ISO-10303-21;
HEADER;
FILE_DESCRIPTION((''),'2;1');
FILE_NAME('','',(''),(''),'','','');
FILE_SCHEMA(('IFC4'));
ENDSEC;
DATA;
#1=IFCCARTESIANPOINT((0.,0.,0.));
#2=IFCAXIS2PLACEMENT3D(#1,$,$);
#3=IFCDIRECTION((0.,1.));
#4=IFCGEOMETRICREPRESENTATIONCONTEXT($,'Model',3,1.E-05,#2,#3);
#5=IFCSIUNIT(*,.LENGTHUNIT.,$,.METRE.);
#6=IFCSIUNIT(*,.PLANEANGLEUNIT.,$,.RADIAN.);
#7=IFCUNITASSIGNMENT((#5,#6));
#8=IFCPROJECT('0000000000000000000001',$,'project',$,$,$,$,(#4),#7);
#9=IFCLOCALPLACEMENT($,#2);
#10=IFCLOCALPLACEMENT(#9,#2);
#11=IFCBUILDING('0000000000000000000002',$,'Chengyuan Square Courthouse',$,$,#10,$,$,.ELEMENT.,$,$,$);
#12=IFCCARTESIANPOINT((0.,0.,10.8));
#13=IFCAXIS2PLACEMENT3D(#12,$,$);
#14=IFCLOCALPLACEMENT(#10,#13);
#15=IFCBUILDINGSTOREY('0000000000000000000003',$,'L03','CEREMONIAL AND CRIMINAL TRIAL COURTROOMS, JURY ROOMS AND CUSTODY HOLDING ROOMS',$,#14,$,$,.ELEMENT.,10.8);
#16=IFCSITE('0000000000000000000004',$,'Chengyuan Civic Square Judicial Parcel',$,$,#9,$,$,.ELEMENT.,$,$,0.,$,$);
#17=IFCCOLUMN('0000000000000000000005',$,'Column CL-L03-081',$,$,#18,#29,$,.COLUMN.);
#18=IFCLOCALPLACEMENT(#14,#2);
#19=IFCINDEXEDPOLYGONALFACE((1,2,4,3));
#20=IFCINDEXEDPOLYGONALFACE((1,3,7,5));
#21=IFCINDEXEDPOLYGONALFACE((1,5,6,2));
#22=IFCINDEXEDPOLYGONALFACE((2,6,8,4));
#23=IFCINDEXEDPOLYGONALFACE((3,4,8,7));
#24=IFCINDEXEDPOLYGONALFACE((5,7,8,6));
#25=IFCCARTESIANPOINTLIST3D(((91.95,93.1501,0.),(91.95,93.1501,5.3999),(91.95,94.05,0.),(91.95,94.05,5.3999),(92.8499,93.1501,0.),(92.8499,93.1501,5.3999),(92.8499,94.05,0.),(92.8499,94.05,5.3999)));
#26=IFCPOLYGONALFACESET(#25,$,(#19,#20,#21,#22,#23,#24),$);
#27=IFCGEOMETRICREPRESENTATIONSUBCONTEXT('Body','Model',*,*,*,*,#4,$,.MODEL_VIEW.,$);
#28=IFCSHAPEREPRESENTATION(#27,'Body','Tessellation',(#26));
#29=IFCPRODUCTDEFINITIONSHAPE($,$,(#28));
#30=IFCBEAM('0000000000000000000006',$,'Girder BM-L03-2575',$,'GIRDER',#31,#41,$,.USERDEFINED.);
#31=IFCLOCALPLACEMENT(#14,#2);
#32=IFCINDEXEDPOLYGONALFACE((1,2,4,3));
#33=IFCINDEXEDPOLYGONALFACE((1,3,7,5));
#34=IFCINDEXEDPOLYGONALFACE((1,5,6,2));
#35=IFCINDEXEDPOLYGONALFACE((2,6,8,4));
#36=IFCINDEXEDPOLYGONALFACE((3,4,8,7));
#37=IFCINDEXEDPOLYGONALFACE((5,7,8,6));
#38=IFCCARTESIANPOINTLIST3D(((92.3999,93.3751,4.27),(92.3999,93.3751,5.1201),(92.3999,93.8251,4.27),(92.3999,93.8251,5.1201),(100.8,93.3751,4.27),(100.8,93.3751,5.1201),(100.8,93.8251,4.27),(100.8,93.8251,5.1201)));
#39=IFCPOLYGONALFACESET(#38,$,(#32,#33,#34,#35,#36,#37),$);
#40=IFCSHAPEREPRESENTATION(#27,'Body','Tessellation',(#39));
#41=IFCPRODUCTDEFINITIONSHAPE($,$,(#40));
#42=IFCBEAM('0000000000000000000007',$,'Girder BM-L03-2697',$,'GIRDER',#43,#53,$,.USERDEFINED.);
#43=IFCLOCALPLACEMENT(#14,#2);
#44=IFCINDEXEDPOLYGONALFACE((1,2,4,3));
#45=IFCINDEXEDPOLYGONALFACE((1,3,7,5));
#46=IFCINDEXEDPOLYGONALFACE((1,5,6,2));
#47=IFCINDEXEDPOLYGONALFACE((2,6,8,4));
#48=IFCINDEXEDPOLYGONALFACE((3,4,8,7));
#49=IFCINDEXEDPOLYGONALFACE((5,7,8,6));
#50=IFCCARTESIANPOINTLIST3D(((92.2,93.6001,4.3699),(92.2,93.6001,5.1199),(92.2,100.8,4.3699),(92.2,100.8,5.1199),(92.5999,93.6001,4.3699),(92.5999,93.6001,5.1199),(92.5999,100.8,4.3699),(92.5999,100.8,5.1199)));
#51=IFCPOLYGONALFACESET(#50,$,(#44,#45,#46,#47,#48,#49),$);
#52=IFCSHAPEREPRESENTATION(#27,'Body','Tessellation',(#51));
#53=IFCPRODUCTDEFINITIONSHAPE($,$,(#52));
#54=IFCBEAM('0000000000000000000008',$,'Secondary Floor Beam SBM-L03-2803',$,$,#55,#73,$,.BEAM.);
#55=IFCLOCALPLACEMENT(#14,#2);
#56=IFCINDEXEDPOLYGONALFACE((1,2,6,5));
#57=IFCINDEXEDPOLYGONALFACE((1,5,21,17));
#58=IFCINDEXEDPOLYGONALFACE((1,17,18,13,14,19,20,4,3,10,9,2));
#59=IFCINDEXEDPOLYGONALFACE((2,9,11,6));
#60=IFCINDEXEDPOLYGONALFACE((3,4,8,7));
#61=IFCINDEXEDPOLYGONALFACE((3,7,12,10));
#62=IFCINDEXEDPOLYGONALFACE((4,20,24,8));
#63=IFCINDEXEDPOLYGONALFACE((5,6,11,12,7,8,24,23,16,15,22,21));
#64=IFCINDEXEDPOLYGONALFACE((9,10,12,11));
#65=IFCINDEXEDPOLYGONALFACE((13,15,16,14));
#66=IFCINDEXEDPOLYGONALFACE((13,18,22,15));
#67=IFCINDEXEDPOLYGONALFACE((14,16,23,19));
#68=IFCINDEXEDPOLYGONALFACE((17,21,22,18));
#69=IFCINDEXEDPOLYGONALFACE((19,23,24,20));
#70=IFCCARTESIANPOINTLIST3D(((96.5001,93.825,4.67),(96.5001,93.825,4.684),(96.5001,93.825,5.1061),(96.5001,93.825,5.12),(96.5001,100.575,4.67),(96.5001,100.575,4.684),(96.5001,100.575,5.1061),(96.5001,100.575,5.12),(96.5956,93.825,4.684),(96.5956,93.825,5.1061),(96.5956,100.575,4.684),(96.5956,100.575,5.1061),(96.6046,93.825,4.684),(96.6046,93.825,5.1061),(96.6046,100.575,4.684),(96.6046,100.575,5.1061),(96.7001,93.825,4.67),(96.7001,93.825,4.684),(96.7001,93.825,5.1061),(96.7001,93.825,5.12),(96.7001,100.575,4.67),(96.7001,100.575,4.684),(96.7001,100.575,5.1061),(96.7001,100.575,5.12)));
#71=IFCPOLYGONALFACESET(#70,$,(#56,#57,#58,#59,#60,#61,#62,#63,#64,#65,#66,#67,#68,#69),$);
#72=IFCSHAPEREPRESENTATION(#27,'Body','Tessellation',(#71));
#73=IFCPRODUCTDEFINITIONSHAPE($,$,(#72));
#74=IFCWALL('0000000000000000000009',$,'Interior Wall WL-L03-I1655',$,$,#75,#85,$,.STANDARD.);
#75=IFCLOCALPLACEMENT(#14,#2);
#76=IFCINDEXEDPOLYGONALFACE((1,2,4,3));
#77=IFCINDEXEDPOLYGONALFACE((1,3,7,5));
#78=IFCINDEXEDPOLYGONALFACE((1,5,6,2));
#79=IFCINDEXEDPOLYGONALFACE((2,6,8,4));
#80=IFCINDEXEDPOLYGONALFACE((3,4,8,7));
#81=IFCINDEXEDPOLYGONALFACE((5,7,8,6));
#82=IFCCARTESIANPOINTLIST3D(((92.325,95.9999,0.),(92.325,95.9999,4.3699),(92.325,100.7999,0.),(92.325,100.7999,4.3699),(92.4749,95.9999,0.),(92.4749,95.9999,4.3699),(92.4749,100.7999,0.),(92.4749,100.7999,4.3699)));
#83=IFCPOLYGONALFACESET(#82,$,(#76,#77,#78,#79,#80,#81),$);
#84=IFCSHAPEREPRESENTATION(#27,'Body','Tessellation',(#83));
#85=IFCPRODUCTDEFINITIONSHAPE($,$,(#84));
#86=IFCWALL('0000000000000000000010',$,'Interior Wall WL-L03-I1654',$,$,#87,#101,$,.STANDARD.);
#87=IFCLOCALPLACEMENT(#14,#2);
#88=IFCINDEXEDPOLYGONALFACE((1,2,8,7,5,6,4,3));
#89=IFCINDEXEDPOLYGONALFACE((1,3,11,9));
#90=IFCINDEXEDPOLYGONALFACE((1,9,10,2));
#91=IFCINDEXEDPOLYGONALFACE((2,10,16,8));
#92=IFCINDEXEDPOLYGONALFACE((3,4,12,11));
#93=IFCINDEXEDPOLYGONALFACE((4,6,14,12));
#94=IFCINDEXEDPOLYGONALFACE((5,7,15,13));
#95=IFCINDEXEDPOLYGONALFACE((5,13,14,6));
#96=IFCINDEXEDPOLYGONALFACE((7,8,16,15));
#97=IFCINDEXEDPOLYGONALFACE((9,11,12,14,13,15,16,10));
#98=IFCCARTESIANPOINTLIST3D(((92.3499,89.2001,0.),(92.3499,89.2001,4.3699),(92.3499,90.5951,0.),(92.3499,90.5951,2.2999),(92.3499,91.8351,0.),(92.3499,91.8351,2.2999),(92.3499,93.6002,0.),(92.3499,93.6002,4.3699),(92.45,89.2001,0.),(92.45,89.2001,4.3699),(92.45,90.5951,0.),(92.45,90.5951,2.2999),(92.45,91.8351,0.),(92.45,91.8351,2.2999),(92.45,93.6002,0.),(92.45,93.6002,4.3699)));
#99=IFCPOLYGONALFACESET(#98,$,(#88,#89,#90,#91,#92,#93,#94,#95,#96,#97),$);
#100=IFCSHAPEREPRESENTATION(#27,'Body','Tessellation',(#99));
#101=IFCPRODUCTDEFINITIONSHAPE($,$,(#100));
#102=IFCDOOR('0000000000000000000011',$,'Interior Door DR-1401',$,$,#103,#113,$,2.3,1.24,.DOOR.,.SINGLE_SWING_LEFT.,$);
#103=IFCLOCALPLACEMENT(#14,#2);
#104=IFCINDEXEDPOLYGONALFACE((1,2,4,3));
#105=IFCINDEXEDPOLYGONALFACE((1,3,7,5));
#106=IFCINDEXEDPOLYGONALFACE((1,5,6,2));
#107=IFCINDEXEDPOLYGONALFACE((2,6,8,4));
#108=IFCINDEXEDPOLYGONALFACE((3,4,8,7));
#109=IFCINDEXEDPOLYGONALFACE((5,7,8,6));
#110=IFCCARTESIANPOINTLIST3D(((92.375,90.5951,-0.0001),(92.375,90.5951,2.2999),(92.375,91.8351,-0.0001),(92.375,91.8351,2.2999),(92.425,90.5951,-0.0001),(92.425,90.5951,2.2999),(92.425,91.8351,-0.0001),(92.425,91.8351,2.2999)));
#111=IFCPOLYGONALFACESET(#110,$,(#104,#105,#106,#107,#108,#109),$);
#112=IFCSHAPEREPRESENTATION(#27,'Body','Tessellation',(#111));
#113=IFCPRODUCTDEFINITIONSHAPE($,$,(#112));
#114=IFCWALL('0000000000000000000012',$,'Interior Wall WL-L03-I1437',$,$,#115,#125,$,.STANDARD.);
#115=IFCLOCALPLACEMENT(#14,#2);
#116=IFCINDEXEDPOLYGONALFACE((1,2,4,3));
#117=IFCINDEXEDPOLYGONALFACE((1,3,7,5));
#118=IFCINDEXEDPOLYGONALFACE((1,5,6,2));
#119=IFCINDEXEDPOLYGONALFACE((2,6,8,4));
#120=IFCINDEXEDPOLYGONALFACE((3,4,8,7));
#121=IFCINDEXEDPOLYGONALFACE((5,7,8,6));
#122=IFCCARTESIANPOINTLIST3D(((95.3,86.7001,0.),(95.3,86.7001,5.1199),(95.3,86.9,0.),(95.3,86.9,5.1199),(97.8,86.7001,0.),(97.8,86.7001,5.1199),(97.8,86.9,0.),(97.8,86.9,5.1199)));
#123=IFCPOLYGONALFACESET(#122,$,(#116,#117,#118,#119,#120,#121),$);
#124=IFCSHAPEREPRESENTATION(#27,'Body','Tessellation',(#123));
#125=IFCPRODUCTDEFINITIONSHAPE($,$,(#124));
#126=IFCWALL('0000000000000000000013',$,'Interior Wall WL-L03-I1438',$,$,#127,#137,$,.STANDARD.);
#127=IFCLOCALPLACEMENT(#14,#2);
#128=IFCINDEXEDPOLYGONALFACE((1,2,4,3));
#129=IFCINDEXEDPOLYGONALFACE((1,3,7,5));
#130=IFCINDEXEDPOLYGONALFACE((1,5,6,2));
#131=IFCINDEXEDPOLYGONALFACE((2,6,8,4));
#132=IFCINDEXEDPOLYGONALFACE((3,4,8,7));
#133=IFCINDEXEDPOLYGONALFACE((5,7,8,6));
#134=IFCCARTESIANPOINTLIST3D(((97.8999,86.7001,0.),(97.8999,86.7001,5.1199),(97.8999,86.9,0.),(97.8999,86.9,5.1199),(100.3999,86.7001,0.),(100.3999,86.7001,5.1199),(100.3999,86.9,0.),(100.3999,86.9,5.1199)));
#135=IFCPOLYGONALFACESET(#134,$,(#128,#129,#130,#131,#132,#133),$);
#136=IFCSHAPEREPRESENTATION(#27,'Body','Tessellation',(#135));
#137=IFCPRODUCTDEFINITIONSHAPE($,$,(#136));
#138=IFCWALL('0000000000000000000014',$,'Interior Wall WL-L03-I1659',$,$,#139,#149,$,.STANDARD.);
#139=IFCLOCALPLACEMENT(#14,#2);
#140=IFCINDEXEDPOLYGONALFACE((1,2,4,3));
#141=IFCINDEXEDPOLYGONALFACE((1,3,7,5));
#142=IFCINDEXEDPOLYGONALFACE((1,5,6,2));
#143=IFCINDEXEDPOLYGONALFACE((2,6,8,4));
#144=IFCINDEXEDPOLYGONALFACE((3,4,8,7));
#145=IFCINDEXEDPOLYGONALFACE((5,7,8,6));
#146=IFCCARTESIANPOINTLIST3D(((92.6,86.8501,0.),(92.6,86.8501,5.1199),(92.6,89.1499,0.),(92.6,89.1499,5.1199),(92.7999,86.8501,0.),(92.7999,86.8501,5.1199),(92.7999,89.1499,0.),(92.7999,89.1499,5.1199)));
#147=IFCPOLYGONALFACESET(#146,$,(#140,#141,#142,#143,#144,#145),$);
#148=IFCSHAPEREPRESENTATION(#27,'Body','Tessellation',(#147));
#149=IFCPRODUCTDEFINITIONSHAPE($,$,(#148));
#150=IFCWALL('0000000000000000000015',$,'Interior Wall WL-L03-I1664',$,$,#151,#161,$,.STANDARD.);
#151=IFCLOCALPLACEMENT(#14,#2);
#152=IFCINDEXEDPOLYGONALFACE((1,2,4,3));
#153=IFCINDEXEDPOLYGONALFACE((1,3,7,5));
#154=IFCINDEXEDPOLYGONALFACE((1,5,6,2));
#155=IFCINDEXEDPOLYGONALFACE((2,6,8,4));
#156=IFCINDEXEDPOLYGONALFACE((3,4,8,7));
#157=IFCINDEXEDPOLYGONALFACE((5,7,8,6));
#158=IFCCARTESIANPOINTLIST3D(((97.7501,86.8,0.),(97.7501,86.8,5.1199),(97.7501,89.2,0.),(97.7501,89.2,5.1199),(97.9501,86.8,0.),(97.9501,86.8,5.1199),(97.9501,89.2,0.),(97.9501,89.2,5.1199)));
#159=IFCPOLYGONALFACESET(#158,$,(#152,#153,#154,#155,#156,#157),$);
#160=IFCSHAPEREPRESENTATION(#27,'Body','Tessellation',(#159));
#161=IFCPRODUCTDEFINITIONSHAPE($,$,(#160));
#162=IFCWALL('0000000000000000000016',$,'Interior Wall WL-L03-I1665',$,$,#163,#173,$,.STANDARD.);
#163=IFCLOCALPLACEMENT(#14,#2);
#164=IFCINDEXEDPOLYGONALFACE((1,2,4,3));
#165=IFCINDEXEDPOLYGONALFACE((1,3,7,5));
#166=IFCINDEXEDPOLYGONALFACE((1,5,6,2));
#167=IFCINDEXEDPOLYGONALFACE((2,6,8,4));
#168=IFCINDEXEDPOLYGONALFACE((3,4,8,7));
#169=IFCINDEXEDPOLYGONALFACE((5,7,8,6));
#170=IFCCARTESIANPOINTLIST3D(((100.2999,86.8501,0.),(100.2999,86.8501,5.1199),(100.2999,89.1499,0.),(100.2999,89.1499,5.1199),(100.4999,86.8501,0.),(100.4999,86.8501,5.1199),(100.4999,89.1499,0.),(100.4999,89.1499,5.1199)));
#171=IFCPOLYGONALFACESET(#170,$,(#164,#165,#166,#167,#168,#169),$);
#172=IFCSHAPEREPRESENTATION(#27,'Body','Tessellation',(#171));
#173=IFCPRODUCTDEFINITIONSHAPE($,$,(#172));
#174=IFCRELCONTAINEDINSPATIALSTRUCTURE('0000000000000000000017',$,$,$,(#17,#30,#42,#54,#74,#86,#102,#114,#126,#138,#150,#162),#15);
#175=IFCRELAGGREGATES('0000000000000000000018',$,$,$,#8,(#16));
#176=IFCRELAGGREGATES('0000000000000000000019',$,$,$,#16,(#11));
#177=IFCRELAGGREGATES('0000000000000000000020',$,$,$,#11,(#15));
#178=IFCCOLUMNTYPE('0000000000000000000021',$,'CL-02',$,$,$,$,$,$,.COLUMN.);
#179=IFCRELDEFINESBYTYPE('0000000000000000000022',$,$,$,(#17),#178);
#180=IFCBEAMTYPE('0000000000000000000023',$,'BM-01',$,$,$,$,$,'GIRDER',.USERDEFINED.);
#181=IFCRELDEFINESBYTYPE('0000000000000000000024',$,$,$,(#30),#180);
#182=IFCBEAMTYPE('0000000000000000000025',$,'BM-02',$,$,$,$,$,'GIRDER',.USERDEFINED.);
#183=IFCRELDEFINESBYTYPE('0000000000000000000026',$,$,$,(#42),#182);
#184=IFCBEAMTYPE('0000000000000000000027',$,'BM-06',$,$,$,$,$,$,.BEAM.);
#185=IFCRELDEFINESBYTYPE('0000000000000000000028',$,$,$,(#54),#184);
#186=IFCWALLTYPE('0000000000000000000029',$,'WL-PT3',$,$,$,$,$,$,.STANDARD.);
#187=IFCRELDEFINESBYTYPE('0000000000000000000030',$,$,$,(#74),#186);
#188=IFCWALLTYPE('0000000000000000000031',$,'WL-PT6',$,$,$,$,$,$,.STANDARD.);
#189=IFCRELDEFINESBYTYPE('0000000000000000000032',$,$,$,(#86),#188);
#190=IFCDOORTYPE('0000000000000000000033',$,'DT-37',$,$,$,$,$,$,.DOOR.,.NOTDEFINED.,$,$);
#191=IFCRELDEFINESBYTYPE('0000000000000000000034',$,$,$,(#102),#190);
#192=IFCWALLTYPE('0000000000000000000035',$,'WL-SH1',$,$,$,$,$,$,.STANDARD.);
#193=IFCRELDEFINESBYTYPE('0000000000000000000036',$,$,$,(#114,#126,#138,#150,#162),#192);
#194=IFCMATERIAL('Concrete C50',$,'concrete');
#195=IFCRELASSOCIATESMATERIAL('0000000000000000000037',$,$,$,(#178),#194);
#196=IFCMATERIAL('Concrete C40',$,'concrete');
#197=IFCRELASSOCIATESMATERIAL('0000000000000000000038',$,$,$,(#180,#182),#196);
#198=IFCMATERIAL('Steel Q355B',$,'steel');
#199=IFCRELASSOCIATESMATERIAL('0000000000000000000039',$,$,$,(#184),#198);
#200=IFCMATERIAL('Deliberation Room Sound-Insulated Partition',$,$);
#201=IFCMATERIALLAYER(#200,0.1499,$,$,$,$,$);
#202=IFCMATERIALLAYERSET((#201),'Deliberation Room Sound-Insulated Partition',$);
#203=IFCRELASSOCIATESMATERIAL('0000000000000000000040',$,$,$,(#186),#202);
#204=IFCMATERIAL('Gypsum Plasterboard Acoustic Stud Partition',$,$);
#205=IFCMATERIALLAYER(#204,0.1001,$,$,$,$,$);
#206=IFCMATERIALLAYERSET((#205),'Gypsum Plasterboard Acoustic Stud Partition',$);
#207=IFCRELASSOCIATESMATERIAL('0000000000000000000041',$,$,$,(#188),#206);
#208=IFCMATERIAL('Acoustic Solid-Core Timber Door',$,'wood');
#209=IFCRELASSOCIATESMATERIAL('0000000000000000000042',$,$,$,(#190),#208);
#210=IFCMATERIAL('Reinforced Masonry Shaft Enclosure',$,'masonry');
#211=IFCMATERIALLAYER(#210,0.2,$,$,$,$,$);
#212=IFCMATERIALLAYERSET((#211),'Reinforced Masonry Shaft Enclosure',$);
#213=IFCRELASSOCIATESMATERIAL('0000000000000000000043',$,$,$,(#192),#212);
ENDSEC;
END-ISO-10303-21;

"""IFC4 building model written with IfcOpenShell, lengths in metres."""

from ifc_helpers import new_model, si_unit, direction, frame, frame_2d, origin, origin_2d, place, context, subcontext, project, spatial, rectangle, i_section, extrude, material, layer, layer_set, material_profile, profile_set, type_object, element, fill, save


model = new_model("IFC4")

# Units and contexts
model_context = context("Model", 3, precision=1e-05, world=origin(), true_north=direction((0.0, 1.0)))
body_context = subcontext(model_context, "Body", "Model", "MODEL_VIEW")
ifc_project = project(units=[si_unit("LENGTHUNIT", "METRE"), si_unit("PLANEANGLEUNIT", "RADIAN")], contexts=[model_context])

# Site, building, storey
site_placement = place(None, origin())
site = spatial("IfcSite", under=ifc_project, at=site_placement, Name="Chengyuan Civic Square Judicial Parcel", CompositionType="ELEMENT", RefElevation=0.0)
building_placement = place(site_placement, origin())
building = spatial("IfcBuilding", under=site, at=building_placement, Name="Chengyuan Square Courthouse", CompositionType="ELEMENT")
storey_placement = place(building_placement, frame((0.0, 0.0, 10.8)))
storey = spatial("IfcBuildingStorey", under=building, at=storey_placement, Name="L03", Description="CEREMONIAL AND CRIMINAL TRIAL COURTROOMS, JURY ROOMS AND CUSTODY HOLDING ROOMS", CompositionType="ELEMENT", Elevation=10.8)

# Column
ifc_material_1 = material(Name="Concrete C50", Category="concrete")
ifc_material_profile_1 = material_profile(ifc_material_1, rectangle(XDim=0.8999, YDim=0.8999, at=origin_2d()), Name="RC-COL-900x900")
ifc_profile_set_1 = profile_set([ifc_material_profile_1], Name="Concrete C50")
column_type = type_object("IfcColumnType", Name="CL-02", PredefinedType="COLUMN", material=ifc_profile_set_1)
column_placement = place(storey_placement, frame((92.3999, 93.6001, 0.0), z_axis=(0.0, 0.0, 1.0), x_axis=(1.0, 0.0, 0.0)))
element("IfcColumn", 1, at=column_placement, inside=storey, type_object=column_type, Name="Column CL-L03-081", PredefinedType="COLUMN", context=body_context, shape_type="SweptSolid", body=[
    extrude(rectangle(XDim=0.8999, YDim=0.8999, at=origin_2d()), origin(), (0.0, 0.0, 1.0), 5.3999),
])

# Beams
ifc_material_2 = material(Name="Concrete C40", Category="concrete")
ifc_material_profile_2 = material_profile(ifc_material_2, rectangle(XDim=0.45, YDim=0.8501, at=origin_2d()), Name="RC-BM-450x850")
ifc_profile_set_2 = profile_set([ifc_material_profile_2], Name="Concrete C40")
beam_type_1 = type_object("IfcBeamType", Name="BM-01", ElementType="GIRDER", PredefinedType="USERDEFINED", material=ifc_profile_set_2)
beam_1_placement = place(storey_placement, frame((92.3999, 93.6001, 4.6951), z_axis=(1.0, 0.0, 0.0), x_axis=(0.0, 1.0, 0.0)))
element("IfcBeam", 2, at=beam_1_placement, inside=storey, type_object=beam_type_1, Name="Girder BM-L03-2575", ObjectType="GIRDER", PredefinedType="USERDEFINED", context=body_context, shape_type="SweptSolid", body=[
    extrude(rectangle(XDim=0.45, YDim=0.8501, at=origin_2d()), origin(), (0.0, 0.0, 1.0), 8.4001),
])
ifc_material_profile_3 = material_profile(ifc_material_2, rectangle(XDim=0.3999, YDim=0.75, at=origin_2d()), Name="RC-BM-400x750")
ifc_profile_set_3 = profile_set([ifc_material_profile_3], Name="Concrete C40")
beam_type_2 = type_object("IfcBeamType", Name="BM-02", ElementType="GIRDER", PredefinedType="USERDEFINED", material=ifc_profile_set_3)
beam_2_placement = place(storey_placement, frame((92.3999, 93.6001, 4.7449), z_axis=(0.0, 1.0, 0.0), x_axis=(-1.0, 0.0, 0.0)))
element("IfcBeam", 3, at=beam_2_placement, inside=storey, type_object=beam_type_2, Name="Girder BM-L03-2697", ObjectType="GIRDER", PredefinedType="USERDEFINED", context=body_context, shape_type="SweptSolid", body=[
    extrude(rectangle(XDim=0.3999, YDim=0.75, at=origin_2d()), origin(), (0.0, 0.0, 1.0), 7.2),
])
ifc_material_3 = material(Name="Steel Q355B", Category="steel")
ifc_material_profile_4 = material_profile(ifc_material_3, i_section(OverallWidth=0.2, OverallDepth=0.45, WebThickness=0.009, FlangeThickness=0.0139, at=origin_2d()), Name="HN 450x200x9x14")
ifc_profile_set_4 = profile_set([ifc_material_profile_4], Name="Steel Q355B")
beam_type_3 = type_object("IfcBeamType", Name="BM-06", PredefinedType="BEAM", material=ifc_profile_set_4)
beam_3_placement = place(storey_placement, frame((96.6001, 93.825, 4.895), z_axis=(0.0, 1.0, 0.0), x_axis=(-1.0, 0.0, 0.0)))
element("IfcBeam", 4, at=beam_3_placement, inside=storey, type_object=beam_type_3, Name="Secondary Floor Beam SBM-L03-2803", PredefinedType="BEAM", context=body_context, shape_type="SweptSolid", body=[
    extrude(i_section(OverallWidth=0.2, OverallDepth=0.45, WebThickness=0.009, FlangeThickness=0.0139, at=origin_2d()), origin(), (0.0, 0.0, 1.0), 6.75),
])

# Wall
ifc_material_4 = material(Name="Deliberation Room Sound-Insulated Partition")
ifc_layer_1 = layer(ifc_material_4, 0.1499)
ifc_layer_set_1 = layer_set([ifc_layer_1], Name="Deliberation Room Sound-Insulated Partition")
wall_type_1 = type_object("IfcWallType", Name="WL-PT3", PredefinedType="STANDARD", material=ifc_layer_set_1)
wall_1_placement = place(storey_placement, frame((92.3999, 96.0, 0.0), z_axis=(0.0, 0.0, 1.0), x_axis=(0.0, 1.0, 0.0)))
element("IfcWall", 5, at=wall_1_placement, inside=storey, type_object=wall_type_1, Name="Interior Wall WL-L03-I1655", PredefinedType="STANDARD", context=body_context, shape_type="SweptSolid", body=[
    extrude(rectangle(XDim=4.8, YDim=0.1499, at=frame_2d((2.3999, 0.0))), origin(), (0.0, 0.0, 1.0), 4.3699),
])

# Wall, opening, door
ifc_material_5 = material(Name="Gypsum Plasterboard Acoustic Stud Partition")
ifc_layer_2 = layer(ifc_material_5, 0.1001)
ifc_layer_set_2 = layer_set([ifc_layer_2], Name="Gypsum Plasterboard Acoustic Stud Partition")
wall_type_2 = type_object("IfcWallType", Name="WL-PT6", PredefinedType="STANDARD", material=ifc_layer_set_2)
wall_2_placement = place(storey_placement, frame((92.3999, 89.2, 0.0), z_axis=(0.0, 0.0, 1.0), x_axis=(0.0, 1.0, 0.0)))
wall_2 = element("IfcWall", 6, at=wall_2_placement, inside=storey, type_object=wall_type_2, Name="Interior Wall WL-L03-I1654", PredefinedType="STANDARD", context=body_context, shape_type="SweptSolid", body=[
    extrude(rectangle(XDim=4.4001, YDim=0.1001, at=frame_2d((2.2002, 0.0))), origin(), (0.0, 0.0, 1.0), 4.3699),
])
opening_1_placement = place(wall_2_placement, frame((1.395, 0.0, 0.0)))
opening_1 = element("IfcOpeningElement", 7, at=opening_1_placement, cuts=wall_2, PredefinedType="OPENING", context=body_context, shape_type="SweptSolid", body=[
    extrude(rectangle(XDim=1.24, YDim=2.3, at=frame_2d((0.6201, 1.1499))), frame((0.0, 0.062, 0.0), z_axis=(0.0, -1.0, 0.0), x_axis=(1.0, 0.0, 0.0)), (0.0, 0.0, 1.0), 0.124),
])
ifc_material_6 = material(Name="Acoustic Solid-Core Timber Door", Category="wood")
door_type_1 = type_object("IfcDoorType", Name="DT-37", OperationType="NOTDEFINED", PredefinedType="DOOR", material=ifc_material_6)
door_1_placement = place(opening_1_placement, origin())
door_1 = element("IfcDoor", 8, at=door_1_placement, inside=storey, type_object=door_type_1, Name="Interior Door DR-1401", OperationType="SINGLE_SWING_LEFT", OverallHeight=2.3, OverallWidth=1.24, PredefinedType="DOOR", context=body_context, shape_type="SweptSolid", body=[
    extrude(rectangle(XDim=1.24, YDim=2.3, at=frame_2d((0.6201, 1.1499))), frame((0.0, 0.0249, 0.0), z_axis=(0.0, -1.0, 0.0), x_axis=(1.0, 0.0, 0.0)), (0.0, 0.0, 1.0), 0.05),
])
fill(opening_1, door_1)

# Walls
ifc_material_7 = material(Name="Reinforced Masonry Shaft Enclosure", Category="masonry")
ifc_layer_3 = layer(ifc_material_7, 0.2)
ifc_layer_set_3 = layer_set([ifc_layer_3], Name="Reinforced Masonry Shaft Enclosure")
wall_type_3 = type_object("IfcWallType", Name="WL-SH1", PredefinedType="STANDARD", material=ifc_layer_set_3)
for number, where, z_axis, x_axis, name in (
    (9, (95.3, 86.8, 0.0), (0.0, 0.0, 1.0), (1.0, 0.0, 0.0), "Interior Wall WL-L03-I1437"),
    (10, (97.8999, 86.8, 0.0), (0.0, 0.0, 1.0), (1.0, 0.0, 0.0), "Interior Wall WL-L03-I1438"),
):
    element("IfcWall", number, at=place(storey_placement, frame(where, z_axis=z_axis, x_axis=x_axis)), inside=storey, type_object=wall_type_3, Name=name, PredefinedType="STANDARD", context=body_context, shape_type="SweptSolid", body=[
        extrude(rectangle(XDim=2.5, YDim=0.2, at=frame_2d((1.25, 0.0))), origin(), (0.0, 0.0, 1.0), 5.1199),
    ])

# Walls
wall_3_placement = place(storey_placement, frame((92.7, 86.8501, 0.0), z_axis=(0.0, 0.0, 1.0), x_axis=(0.0, 1.0, 0.0)))
element("IfcWall", 11, at=wall_3_placement, inside=storey, type_object=wall_type_3, Name="Interior Wall WL-L03-I1659", PredefinedType="STANDARD", context=body_context, shape_type="SweptSolid", body=[
    extrude(rectangle(XDim=2.2998, YDim=0.2, at=frame_2d((1.1499, 0.0))), origin(), (0.0, 0.0, 1.0), 5.1199),
])
wall_4_placement = place(storey_placement, frame((97.8501, 86.8, 0.0), z_axis=(0.0, 0.0, 1.0), x_axis=(0.0, 1.0, 0.0)))
element("IfcWall", 12, at=wall_4_placement, inside=storey, type_object=wall_type_3, Name="Interior Wall WL-L03-I1664", PredefinedType="STANDARD", context=body_context, shape_type="SweptSolid", body=[
    extrude(rectangle(XDim=2.3999, YDim=0.2, at=frame_2d((1.2, 0.0))), origin(), (0.0, 0.0, 1.0), 5.1199),
])
wall_5_placement = place(storey_placement, frame((100.3999, 86.8501, 0.0), z_axis=(0.0, 0.0, 1.0), x_axis=(0.0, 1.0, 0.0)))
element("IfcWall", 13, at=wall_5_placement, inside=storey, type_object=wall_type_3, Name="Interior Wall WL-L03-I1665", PredefinedType="STANDARD", context=body_context, shape_type="SweptSolid", body=[
    extrude(rectangle(XDim=2.2998, YDim=0.2, at=frame_2d((1.1499, 0.0))), origin(), (0.0, 0.0, 1.0), 5.1199),
])

save(model, "model.ifc")
